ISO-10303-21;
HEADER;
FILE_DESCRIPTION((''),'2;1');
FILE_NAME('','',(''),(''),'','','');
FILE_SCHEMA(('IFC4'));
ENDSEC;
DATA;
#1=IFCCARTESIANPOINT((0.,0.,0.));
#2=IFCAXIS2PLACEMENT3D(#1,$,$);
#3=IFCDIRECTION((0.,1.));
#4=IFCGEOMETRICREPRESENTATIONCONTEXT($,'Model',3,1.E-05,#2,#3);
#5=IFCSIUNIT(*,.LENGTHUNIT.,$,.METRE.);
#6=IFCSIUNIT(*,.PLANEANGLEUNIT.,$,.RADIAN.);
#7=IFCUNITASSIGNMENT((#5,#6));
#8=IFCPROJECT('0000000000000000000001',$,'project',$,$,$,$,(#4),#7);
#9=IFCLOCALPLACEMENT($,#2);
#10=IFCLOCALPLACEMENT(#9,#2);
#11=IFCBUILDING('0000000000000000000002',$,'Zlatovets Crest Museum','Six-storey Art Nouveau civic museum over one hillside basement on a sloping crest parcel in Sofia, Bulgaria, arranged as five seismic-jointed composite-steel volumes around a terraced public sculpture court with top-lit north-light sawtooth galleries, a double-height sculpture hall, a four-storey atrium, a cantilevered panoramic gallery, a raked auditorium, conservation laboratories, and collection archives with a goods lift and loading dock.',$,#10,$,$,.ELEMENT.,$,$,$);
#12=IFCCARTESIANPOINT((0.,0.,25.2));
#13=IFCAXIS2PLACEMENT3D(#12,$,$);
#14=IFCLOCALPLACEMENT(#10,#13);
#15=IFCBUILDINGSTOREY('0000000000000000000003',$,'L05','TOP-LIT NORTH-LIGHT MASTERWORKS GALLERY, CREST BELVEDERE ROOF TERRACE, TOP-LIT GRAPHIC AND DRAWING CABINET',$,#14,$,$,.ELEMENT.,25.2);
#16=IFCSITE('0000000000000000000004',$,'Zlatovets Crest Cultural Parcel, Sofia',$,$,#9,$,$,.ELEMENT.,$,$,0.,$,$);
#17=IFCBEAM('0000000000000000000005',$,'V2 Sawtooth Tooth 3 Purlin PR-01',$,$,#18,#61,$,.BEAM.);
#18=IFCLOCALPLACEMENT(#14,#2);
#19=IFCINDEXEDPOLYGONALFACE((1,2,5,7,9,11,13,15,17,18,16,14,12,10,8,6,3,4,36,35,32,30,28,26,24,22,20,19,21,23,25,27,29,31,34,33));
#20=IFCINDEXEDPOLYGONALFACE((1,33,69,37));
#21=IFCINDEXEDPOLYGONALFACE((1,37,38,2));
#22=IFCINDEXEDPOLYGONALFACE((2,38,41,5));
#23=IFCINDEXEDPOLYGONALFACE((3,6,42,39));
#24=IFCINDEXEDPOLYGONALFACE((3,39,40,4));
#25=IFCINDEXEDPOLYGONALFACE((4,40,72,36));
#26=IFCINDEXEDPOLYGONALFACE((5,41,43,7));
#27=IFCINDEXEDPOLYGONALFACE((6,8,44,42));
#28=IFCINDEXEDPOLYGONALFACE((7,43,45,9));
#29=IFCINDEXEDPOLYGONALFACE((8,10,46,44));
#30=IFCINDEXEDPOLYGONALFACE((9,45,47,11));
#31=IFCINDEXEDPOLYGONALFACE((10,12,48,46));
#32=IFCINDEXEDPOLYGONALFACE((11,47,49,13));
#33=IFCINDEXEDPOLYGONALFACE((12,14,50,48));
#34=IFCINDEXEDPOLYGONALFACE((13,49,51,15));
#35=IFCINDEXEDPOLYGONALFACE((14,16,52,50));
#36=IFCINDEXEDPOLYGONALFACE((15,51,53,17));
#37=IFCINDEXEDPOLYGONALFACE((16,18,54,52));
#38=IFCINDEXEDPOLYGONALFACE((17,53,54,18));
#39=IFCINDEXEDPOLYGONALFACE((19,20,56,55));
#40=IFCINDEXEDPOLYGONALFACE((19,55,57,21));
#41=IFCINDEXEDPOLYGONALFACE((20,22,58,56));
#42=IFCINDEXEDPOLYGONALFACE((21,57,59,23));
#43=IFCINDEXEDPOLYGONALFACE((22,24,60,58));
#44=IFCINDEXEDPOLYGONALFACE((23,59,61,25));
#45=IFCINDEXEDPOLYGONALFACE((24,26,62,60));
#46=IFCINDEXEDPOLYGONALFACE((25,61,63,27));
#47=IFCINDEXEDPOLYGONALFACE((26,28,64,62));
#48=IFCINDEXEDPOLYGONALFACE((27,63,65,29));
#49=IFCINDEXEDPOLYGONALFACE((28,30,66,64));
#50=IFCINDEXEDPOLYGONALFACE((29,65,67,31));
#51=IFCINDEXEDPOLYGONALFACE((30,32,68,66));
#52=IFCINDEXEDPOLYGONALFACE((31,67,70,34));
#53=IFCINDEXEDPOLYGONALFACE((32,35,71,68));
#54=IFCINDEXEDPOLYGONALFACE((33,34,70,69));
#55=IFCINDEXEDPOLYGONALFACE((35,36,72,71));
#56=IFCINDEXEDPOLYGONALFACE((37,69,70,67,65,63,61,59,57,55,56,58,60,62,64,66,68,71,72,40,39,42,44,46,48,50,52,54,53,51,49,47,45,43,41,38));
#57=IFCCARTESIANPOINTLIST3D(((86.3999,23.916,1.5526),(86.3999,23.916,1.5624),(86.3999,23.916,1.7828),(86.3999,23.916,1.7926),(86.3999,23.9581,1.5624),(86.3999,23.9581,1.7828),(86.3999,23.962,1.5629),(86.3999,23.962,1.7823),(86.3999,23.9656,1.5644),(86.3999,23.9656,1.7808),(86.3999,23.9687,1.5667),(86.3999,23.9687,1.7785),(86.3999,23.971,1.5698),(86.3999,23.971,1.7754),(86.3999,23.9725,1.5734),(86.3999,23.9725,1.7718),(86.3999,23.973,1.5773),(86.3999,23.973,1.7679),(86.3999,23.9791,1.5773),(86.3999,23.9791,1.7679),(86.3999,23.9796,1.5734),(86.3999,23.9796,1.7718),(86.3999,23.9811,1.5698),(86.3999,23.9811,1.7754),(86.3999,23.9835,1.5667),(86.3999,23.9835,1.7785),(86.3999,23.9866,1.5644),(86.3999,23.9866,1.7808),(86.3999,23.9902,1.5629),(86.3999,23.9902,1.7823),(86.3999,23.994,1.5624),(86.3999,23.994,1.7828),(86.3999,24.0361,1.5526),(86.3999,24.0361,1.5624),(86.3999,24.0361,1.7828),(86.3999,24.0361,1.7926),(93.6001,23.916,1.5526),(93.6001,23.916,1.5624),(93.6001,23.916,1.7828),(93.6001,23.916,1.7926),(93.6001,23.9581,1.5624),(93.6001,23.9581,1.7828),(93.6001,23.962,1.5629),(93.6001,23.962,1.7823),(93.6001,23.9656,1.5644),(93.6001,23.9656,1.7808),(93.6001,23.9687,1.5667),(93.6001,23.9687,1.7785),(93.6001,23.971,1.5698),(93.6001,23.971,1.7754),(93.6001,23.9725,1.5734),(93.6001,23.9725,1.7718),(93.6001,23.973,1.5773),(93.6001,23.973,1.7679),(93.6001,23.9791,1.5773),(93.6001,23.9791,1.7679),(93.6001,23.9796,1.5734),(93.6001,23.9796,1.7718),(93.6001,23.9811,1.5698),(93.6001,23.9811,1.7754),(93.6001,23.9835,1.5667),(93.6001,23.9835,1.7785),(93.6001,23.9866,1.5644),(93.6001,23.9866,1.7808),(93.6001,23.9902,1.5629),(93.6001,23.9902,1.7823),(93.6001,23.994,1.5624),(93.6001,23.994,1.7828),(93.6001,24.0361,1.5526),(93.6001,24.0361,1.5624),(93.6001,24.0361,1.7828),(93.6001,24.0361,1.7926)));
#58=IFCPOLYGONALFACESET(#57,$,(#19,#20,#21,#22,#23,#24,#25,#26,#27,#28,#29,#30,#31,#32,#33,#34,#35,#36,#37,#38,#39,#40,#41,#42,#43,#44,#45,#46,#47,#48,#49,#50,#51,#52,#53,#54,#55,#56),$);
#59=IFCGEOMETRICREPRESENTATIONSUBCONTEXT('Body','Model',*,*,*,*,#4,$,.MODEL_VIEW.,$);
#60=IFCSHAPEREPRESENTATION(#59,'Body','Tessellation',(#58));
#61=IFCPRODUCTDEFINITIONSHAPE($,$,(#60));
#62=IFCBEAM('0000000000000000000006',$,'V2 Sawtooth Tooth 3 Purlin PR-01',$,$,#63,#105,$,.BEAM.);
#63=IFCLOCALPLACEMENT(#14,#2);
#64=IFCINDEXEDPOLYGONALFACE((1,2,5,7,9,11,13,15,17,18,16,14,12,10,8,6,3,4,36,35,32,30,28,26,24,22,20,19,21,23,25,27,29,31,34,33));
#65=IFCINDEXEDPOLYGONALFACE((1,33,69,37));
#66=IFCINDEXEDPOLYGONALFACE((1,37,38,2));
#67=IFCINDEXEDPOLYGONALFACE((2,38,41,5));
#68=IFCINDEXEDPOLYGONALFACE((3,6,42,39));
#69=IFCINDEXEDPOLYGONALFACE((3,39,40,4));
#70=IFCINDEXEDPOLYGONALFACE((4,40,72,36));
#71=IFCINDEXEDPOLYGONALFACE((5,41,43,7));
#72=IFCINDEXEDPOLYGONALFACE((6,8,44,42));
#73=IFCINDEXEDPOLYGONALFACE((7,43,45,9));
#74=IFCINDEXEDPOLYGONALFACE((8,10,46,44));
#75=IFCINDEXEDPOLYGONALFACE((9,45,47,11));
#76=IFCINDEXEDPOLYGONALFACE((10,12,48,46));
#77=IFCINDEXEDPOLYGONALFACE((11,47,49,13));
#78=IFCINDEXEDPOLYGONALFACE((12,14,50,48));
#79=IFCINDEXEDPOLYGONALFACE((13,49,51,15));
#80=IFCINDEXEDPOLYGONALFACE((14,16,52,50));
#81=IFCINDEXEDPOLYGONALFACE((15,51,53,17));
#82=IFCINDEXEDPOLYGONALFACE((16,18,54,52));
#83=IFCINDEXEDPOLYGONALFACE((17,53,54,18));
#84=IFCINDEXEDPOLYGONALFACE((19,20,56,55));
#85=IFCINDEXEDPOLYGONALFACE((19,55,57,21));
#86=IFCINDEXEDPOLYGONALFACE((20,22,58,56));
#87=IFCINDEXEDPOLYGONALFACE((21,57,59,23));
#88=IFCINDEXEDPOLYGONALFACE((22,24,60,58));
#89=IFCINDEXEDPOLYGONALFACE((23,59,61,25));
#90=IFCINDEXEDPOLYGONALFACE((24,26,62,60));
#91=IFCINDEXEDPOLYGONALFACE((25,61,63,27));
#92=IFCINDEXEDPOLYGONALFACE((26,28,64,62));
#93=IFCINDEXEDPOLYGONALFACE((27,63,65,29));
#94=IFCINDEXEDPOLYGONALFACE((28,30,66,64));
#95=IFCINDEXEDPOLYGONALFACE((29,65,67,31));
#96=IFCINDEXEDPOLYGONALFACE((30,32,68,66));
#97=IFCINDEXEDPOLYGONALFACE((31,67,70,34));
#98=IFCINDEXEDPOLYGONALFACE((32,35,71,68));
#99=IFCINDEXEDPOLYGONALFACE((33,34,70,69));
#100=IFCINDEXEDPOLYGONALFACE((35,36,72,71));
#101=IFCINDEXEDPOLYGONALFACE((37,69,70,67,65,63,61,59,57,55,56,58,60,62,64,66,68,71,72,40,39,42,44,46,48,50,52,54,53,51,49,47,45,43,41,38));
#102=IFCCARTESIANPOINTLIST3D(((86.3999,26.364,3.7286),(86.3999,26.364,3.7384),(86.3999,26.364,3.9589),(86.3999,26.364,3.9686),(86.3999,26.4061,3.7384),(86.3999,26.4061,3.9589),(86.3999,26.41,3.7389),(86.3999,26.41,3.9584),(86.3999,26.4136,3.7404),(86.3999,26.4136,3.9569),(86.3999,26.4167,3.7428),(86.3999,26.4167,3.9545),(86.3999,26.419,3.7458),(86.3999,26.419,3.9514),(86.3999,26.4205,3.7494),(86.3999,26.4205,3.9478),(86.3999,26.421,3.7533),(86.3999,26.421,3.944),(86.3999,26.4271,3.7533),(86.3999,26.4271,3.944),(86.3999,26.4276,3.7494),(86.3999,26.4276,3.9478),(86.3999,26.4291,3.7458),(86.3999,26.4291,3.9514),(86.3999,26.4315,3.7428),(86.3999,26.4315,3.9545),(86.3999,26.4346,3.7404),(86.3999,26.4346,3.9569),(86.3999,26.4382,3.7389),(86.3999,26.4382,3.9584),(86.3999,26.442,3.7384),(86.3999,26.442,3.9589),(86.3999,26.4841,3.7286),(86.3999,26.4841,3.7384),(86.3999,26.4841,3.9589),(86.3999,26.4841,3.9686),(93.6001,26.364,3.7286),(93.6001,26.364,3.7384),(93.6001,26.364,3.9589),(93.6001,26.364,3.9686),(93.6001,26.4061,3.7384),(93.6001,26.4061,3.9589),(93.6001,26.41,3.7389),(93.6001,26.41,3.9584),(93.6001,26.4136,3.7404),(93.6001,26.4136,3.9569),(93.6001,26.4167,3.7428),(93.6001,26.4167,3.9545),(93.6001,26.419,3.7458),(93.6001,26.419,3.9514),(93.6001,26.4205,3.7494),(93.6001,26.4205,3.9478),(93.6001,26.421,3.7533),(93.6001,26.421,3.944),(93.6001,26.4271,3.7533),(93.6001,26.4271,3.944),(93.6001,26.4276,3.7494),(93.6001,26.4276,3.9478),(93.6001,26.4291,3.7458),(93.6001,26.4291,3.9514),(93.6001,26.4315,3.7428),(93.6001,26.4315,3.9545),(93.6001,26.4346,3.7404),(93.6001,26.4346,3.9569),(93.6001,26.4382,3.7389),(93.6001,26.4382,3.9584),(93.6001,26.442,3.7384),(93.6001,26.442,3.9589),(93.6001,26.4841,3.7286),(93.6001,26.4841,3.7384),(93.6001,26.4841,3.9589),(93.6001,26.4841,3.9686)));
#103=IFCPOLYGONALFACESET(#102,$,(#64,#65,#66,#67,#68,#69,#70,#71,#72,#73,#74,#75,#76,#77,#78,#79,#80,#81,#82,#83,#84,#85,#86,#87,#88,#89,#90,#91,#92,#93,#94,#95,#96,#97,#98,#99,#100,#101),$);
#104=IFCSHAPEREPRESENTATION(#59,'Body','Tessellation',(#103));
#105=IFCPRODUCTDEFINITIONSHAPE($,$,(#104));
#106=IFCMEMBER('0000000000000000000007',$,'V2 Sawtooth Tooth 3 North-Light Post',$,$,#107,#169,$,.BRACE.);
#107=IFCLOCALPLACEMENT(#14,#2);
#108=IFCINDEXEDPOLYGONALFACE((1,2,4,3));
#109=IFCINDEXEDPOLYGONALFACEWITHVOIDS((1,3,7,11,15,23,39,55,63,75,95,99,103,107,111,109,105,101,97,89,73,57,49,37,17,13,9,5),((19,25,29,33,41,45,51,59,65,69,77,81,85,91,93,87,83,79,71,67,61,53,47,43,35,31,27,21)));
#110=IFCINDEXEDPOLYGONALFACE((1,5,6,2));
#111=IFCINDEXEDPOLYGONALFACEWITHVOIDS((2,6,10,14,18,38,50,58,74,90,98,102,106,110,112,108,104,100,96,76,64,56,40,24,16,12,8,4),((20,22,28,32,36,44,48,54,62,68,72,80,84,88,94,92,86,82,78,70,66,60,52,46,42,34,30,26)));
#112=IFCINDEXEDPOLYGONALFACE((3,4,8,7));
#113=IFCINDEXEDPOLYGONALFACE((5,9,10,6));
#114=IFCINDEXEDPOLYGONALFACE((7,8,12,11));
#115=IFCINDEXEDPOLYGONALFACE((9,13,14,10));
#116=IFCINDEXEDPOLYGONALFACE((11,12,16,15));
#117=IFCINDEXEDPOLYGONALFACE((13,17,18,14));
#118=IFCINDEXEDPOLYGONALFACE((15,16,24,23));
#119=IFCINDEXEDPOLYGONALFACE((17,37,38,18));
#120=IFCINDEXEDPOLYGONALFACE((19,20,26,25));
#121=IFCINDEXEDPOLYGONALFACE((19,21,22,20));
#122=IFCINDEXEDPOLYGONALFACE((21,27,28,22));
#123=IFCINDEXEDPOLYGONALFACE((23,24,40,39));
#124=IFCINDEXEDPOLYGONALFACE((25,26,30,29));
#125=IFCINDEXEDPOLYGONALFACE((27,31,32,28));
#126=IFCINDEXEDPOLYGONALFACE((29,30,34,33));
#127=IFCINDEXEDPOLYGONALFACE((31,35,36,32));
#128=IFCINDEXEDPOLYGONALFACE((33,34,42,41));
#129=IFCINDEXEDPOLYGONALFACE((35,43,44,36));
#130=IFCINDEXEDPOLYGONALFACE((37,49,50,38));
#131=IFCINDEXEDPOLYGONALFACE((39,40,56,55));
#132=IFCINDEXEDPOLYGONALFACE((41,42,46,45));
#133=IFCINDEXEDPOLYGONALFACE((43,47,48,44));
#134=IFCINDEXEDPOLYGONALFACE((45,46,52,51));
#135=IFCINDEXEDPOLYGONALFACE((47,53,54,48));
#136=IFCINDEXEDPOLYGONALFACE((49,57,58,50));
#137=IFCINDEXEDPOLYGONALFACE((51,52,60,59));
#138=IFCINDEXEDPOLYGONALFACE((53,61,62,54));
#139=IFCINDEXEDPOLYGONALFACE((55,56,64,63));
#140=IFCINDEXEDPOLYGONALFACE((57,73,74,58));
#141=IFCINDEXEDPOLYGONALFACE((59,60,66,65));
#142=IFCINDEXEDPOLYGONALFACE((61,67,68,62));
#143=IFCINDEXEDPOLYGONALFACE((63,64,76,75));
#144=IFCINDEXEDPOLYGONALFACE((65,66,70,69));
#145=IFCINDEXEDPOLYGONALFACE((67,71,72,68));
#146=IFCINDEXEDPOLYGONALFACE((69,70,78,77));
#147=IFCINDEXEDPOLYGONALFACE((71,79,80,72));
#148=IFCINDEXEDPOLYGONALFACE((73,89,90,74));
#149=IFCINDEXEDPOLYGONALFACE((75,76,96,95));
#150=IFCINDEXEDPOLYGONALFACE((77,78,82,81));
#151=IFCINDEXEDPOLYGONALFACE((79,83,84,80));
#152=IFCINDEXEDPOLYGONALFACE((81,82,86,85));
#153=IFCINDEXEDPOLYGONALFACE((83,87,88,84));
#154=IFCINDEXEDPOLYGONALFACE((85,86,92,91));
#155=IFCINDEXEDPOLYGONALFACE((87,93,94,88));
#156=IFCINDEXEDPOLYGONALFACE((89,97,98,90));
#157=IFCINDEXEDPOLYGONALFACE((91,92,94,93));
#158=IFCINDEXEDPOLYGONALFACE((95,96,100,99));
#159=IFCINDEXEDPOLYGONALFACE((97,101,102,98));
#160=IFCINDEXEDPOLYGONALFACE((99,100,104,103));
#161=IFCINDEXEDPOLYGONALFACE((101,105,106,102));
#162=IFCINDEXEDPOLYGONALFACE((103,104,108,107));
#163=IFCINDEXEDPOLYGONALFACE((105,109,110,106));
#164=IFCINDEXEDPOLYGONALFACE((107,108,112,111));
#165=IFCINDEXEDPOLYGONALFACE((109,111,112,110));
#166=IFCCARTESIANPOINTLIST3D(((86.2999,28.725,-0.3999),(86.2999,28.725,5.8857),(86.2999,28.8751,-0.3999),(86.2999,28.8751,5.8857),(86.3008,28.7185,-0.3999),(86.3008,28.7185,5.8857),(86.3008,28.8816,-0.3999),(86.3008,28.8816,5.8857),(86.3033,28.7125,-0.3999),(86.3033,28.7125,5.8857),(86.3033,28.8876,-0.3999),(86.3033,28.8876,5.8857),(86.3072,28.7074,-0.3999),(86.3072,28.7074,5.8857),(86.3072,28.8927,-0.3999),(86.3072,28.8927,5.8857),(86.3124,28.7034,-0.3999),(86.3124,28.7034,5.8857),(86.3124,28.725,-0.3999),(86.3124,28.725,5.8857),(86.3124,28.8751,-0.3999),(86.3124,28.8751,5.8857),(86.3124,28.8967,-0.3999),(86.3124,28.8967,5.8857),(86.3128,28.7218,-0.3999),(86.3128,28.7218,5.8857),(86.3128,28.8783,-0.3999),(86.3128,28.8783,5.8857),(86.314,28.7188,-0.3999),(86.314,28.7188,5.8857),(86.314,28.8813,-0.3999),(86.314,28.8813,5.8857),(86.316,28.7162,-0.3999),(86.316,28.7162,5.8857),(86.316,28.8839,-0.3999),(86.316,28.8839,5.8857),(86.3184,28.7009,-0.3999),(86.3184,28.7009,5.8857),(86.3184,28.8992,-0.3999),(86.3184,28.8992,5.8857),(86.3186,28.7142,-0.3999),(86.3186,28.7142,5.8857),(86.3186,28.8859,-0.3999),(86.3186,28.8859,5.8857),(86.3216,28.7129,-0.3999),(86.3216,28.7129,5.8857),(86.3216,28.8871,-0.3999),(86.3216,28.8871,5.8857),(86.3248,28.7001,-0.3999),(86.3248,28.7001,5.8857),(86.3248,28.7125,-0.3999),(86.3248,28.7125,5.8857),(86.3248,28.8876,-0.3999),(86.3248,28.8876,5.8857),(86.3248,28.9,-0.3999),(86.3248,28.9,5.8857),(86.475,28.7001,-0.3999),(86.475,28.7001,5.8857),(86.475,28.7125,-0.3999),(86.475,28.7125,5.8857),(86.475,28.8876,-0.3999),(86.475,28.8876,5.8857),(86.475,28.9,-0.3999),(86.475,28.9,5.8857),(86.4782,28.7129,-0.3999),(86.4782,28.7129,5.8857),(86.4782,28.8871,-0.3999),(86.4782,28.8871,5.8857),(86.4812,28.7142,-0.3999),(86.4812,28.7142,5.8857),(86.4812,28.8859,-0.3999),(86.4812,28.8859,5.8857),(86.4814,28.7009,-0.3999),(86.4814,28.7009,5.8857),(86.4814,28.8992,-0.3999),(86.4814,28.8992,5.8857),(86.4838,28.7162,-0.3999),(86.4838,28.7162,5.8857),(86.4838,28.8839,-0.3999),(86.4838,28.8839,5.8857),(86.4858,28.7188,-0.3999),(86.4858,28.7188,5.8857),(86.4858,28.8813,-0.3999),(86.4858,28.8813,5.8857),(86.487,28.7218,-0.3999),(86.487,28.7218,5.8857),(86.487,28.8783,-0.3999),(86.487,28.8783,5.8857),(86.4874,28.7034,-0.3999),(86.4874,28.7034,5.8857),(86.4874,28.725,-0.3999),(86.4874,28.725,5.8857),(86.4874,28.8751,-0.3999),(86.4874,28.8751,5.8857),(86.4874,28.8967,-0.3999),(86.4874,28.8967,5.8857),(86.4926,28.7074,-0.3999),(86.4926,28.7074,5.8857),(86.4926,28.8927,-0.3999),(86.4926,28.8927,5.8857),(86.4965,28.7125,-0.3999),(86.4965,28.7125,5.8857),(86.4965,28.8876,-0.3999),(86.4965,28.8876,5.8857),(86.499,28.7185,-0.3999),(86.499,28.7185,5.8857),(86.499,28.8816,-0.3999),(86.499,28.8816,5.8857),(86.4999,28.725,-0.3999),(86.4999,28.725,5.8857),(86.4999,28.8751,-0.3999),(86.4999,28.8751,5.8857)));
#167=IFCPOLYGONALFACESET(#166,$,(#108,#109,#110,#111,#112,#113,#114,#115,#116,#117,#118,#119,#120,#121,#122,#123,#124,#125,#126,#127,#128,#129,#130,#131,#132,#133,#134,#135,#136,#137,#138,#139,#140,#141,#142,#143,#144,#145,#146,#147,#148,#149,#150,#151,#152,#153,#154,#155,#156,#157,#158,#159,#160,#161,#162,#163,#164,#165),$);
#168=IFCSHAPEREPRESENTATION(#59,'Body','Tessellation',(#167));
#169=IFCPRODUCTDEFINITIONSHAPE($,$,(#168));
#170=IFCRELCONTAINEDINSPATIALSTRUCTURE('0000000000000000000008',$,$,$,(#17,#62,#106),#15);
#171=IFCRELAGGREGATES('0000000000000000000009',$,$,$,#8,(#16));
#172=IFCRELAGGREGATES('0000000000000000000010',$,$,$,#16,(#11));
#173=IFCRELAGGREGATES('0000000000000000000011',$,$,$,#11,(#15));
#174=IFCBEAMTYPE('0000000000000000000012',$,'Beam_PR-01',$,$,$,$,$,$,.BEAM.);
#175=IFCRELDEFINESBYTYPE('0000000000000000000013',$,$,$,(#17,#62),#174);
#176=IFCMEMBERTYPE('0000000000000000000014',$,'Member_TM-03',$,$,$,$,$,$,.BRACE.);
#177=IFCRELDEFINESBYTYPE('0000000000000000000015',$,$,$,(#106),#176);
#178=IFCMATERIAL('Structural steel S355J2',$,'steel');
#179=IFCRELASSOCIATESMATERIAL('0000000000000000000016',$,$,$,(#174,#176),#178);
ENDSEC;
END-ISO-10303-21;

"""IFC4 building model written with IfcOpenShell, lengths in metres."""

from ifc_helpers import new_model, si_unit, direction, frame, origin, origin_2d, place, context, subcontext, project, spatial, hollow_rectangle, i_section, extrude, material, material_profile, profile_set, type_object, element, save


model = new_model("IFC4")

# Units and contexts
model_context = context("Model", 3, precision=1e-05, world=origin(), true_north=direction((0.0, 1.0)))
body_context = subcontext(model_context, "Body", "Model", "MODEL_VIEW")
ifc_project = project(units=[si_unit("LENGTHUNIT", "METRE"), si_unit("PLANEANGLEUNIT", "RADIAN")], contexts=[model_context])

# Site, building, storey
site_placement = place(None, origin())
site = spatial("IfcSite", under=ifc_project, at=site_placement, Name="Zlatovets Crest Cultural Parcel, Sofia", CompositionType="ELEMENT", RefElevation=0.0)
building_placement = place(site_placement, origin())
building = spatial("IfcBuilding", under=site, at=building_placement, Name="Zlatovets Crest Museum", Description="Six-storey Art Nouveau civic museum over one hillside basement on a sloping crest parcel in Sofia, Bulgaria, arranged as five seismic-jointed composite-steel volumes around a terraced public sculpture court with top-lit north-light sawtooth galleries, a double-height sculpture hall, a four-storey atrium, a cantilevered panoramic gallery, a raked auditorium, conservation laboratories, and collection archives with a goods lift and loading dock.", CompositionType="ELEMENT")
storey_placement = place(building_placement, frame((0.0, 0.0, 25.2)))
storey = spatial("IfcBuildingStorey", under=building, at=storey_placement, Name="L05", Description="TOP-LIT NORTH-LIGHT MASTERWORKS GALLERY, CREST BELVEDERE ROOF TERRACE, TOP-LIT GRAPHIC AND DRAWING CABINET", CompositionType="ELEMENT", Elevation=25.2)

# Beams
ifc_material_1 = material(Name="Structural steel S355J2", Category="steel")
ifc_material_profile_1 = material_profile(ifc_material_1, i_section(OverallWidth=0.1201, OverallDepth=0.24, WebThickness=0.0061, FlangeThickness=0.0098, FilletRadius=0.0149, at=origin_2d()), Name="IPE 240")
ifc_profile_set_1 = profile_set([ifc_material_profile_1], Name="Structural steel S355J2")
beam_type_1 = type_object("IfcBeamType", Name="Beam_PR-01", PredefinedType="BEAM", material=ifc_profile_set_1)
for number, where, z_axis, x_axis, name in (
    (1, (86.3999, 23.9761, 1.6726), (1.0, 0.0, 0.0), (0.0, 1.0, 0.0), "V2 Sawtooth Tooth 3 Purlin PR-01"),
    (2, (86.3999, 26.4241, 3.8486), (1.0, 0.0, 0.0), (0.0, 1.0, 0.0), "V2 Sawtooth Tooth 3 Purlin PR-01"),
):
    element("IfcBeam", number, at=place(storey_placement, frame(where, z_axis=z_axis, x_axis=x_axis)), inside=storey, type_object=beam_type_1, Name=name, PredefinedType="BEAM", context=body_context, shape_type="SweptSolid", body=[
        extrude(i_section(OverallWidth=0.1201, OverallDepth=0.24, WebThickness=0.0061, FlangeThickness=0.0098, FilletRadius=0.0149, at=origin_2d()), origin(), (0.0, 0.0, 1.0), 7.2002),
    ])

# Member
ifc_material_profile_2 = material_profile(ifc_material_1, hollow_rectangle(XDim=0.2, YDim=0.2, WallThickness=0.0125, InnerFilletRadius=0.0125, OuterFilletRadius=0.0249, at=origin_2d()), Name="SHS 200x200x12.5")
ifc_profile_set_2 = profile_set([ifc_material_profile_2], Name="Structural steel S355J2")
member_type_1 = type_object("IfcMemberType", Name="Member_TM-03", PredefinedType="BRACE", material=ifc_profile_set_2)
for number, where, z_axis, x_axis, name in (
    (3, (86.3999, 28.8, -0.3999), (0.0, 0.0, 1.0), (1.0, 0.0, 0.0), "V2 Sawtooth Tooth 3 North-Light Post"),
):
    element("IfcMember", number, at=place(storey_placement, frame(where, z_axis=z_axis, x_axis=x_axis)), inside=storey, type_object=member_type_1, Name=name, PredefinedType="BRACE", context=body_context, shape_type="SweptSolid", body=[
        extrude(hollow_rectangle(XDim=0.2, YDim=0.2, WallThickness=0.0125, InnerFilletRadius=0.0125, OuterFilletRadius=0.0249, at=origin_2d()), origin(), (0.0, 0.0, 1.0), 6.2856),
    ])

save(model, "model.ifc")
